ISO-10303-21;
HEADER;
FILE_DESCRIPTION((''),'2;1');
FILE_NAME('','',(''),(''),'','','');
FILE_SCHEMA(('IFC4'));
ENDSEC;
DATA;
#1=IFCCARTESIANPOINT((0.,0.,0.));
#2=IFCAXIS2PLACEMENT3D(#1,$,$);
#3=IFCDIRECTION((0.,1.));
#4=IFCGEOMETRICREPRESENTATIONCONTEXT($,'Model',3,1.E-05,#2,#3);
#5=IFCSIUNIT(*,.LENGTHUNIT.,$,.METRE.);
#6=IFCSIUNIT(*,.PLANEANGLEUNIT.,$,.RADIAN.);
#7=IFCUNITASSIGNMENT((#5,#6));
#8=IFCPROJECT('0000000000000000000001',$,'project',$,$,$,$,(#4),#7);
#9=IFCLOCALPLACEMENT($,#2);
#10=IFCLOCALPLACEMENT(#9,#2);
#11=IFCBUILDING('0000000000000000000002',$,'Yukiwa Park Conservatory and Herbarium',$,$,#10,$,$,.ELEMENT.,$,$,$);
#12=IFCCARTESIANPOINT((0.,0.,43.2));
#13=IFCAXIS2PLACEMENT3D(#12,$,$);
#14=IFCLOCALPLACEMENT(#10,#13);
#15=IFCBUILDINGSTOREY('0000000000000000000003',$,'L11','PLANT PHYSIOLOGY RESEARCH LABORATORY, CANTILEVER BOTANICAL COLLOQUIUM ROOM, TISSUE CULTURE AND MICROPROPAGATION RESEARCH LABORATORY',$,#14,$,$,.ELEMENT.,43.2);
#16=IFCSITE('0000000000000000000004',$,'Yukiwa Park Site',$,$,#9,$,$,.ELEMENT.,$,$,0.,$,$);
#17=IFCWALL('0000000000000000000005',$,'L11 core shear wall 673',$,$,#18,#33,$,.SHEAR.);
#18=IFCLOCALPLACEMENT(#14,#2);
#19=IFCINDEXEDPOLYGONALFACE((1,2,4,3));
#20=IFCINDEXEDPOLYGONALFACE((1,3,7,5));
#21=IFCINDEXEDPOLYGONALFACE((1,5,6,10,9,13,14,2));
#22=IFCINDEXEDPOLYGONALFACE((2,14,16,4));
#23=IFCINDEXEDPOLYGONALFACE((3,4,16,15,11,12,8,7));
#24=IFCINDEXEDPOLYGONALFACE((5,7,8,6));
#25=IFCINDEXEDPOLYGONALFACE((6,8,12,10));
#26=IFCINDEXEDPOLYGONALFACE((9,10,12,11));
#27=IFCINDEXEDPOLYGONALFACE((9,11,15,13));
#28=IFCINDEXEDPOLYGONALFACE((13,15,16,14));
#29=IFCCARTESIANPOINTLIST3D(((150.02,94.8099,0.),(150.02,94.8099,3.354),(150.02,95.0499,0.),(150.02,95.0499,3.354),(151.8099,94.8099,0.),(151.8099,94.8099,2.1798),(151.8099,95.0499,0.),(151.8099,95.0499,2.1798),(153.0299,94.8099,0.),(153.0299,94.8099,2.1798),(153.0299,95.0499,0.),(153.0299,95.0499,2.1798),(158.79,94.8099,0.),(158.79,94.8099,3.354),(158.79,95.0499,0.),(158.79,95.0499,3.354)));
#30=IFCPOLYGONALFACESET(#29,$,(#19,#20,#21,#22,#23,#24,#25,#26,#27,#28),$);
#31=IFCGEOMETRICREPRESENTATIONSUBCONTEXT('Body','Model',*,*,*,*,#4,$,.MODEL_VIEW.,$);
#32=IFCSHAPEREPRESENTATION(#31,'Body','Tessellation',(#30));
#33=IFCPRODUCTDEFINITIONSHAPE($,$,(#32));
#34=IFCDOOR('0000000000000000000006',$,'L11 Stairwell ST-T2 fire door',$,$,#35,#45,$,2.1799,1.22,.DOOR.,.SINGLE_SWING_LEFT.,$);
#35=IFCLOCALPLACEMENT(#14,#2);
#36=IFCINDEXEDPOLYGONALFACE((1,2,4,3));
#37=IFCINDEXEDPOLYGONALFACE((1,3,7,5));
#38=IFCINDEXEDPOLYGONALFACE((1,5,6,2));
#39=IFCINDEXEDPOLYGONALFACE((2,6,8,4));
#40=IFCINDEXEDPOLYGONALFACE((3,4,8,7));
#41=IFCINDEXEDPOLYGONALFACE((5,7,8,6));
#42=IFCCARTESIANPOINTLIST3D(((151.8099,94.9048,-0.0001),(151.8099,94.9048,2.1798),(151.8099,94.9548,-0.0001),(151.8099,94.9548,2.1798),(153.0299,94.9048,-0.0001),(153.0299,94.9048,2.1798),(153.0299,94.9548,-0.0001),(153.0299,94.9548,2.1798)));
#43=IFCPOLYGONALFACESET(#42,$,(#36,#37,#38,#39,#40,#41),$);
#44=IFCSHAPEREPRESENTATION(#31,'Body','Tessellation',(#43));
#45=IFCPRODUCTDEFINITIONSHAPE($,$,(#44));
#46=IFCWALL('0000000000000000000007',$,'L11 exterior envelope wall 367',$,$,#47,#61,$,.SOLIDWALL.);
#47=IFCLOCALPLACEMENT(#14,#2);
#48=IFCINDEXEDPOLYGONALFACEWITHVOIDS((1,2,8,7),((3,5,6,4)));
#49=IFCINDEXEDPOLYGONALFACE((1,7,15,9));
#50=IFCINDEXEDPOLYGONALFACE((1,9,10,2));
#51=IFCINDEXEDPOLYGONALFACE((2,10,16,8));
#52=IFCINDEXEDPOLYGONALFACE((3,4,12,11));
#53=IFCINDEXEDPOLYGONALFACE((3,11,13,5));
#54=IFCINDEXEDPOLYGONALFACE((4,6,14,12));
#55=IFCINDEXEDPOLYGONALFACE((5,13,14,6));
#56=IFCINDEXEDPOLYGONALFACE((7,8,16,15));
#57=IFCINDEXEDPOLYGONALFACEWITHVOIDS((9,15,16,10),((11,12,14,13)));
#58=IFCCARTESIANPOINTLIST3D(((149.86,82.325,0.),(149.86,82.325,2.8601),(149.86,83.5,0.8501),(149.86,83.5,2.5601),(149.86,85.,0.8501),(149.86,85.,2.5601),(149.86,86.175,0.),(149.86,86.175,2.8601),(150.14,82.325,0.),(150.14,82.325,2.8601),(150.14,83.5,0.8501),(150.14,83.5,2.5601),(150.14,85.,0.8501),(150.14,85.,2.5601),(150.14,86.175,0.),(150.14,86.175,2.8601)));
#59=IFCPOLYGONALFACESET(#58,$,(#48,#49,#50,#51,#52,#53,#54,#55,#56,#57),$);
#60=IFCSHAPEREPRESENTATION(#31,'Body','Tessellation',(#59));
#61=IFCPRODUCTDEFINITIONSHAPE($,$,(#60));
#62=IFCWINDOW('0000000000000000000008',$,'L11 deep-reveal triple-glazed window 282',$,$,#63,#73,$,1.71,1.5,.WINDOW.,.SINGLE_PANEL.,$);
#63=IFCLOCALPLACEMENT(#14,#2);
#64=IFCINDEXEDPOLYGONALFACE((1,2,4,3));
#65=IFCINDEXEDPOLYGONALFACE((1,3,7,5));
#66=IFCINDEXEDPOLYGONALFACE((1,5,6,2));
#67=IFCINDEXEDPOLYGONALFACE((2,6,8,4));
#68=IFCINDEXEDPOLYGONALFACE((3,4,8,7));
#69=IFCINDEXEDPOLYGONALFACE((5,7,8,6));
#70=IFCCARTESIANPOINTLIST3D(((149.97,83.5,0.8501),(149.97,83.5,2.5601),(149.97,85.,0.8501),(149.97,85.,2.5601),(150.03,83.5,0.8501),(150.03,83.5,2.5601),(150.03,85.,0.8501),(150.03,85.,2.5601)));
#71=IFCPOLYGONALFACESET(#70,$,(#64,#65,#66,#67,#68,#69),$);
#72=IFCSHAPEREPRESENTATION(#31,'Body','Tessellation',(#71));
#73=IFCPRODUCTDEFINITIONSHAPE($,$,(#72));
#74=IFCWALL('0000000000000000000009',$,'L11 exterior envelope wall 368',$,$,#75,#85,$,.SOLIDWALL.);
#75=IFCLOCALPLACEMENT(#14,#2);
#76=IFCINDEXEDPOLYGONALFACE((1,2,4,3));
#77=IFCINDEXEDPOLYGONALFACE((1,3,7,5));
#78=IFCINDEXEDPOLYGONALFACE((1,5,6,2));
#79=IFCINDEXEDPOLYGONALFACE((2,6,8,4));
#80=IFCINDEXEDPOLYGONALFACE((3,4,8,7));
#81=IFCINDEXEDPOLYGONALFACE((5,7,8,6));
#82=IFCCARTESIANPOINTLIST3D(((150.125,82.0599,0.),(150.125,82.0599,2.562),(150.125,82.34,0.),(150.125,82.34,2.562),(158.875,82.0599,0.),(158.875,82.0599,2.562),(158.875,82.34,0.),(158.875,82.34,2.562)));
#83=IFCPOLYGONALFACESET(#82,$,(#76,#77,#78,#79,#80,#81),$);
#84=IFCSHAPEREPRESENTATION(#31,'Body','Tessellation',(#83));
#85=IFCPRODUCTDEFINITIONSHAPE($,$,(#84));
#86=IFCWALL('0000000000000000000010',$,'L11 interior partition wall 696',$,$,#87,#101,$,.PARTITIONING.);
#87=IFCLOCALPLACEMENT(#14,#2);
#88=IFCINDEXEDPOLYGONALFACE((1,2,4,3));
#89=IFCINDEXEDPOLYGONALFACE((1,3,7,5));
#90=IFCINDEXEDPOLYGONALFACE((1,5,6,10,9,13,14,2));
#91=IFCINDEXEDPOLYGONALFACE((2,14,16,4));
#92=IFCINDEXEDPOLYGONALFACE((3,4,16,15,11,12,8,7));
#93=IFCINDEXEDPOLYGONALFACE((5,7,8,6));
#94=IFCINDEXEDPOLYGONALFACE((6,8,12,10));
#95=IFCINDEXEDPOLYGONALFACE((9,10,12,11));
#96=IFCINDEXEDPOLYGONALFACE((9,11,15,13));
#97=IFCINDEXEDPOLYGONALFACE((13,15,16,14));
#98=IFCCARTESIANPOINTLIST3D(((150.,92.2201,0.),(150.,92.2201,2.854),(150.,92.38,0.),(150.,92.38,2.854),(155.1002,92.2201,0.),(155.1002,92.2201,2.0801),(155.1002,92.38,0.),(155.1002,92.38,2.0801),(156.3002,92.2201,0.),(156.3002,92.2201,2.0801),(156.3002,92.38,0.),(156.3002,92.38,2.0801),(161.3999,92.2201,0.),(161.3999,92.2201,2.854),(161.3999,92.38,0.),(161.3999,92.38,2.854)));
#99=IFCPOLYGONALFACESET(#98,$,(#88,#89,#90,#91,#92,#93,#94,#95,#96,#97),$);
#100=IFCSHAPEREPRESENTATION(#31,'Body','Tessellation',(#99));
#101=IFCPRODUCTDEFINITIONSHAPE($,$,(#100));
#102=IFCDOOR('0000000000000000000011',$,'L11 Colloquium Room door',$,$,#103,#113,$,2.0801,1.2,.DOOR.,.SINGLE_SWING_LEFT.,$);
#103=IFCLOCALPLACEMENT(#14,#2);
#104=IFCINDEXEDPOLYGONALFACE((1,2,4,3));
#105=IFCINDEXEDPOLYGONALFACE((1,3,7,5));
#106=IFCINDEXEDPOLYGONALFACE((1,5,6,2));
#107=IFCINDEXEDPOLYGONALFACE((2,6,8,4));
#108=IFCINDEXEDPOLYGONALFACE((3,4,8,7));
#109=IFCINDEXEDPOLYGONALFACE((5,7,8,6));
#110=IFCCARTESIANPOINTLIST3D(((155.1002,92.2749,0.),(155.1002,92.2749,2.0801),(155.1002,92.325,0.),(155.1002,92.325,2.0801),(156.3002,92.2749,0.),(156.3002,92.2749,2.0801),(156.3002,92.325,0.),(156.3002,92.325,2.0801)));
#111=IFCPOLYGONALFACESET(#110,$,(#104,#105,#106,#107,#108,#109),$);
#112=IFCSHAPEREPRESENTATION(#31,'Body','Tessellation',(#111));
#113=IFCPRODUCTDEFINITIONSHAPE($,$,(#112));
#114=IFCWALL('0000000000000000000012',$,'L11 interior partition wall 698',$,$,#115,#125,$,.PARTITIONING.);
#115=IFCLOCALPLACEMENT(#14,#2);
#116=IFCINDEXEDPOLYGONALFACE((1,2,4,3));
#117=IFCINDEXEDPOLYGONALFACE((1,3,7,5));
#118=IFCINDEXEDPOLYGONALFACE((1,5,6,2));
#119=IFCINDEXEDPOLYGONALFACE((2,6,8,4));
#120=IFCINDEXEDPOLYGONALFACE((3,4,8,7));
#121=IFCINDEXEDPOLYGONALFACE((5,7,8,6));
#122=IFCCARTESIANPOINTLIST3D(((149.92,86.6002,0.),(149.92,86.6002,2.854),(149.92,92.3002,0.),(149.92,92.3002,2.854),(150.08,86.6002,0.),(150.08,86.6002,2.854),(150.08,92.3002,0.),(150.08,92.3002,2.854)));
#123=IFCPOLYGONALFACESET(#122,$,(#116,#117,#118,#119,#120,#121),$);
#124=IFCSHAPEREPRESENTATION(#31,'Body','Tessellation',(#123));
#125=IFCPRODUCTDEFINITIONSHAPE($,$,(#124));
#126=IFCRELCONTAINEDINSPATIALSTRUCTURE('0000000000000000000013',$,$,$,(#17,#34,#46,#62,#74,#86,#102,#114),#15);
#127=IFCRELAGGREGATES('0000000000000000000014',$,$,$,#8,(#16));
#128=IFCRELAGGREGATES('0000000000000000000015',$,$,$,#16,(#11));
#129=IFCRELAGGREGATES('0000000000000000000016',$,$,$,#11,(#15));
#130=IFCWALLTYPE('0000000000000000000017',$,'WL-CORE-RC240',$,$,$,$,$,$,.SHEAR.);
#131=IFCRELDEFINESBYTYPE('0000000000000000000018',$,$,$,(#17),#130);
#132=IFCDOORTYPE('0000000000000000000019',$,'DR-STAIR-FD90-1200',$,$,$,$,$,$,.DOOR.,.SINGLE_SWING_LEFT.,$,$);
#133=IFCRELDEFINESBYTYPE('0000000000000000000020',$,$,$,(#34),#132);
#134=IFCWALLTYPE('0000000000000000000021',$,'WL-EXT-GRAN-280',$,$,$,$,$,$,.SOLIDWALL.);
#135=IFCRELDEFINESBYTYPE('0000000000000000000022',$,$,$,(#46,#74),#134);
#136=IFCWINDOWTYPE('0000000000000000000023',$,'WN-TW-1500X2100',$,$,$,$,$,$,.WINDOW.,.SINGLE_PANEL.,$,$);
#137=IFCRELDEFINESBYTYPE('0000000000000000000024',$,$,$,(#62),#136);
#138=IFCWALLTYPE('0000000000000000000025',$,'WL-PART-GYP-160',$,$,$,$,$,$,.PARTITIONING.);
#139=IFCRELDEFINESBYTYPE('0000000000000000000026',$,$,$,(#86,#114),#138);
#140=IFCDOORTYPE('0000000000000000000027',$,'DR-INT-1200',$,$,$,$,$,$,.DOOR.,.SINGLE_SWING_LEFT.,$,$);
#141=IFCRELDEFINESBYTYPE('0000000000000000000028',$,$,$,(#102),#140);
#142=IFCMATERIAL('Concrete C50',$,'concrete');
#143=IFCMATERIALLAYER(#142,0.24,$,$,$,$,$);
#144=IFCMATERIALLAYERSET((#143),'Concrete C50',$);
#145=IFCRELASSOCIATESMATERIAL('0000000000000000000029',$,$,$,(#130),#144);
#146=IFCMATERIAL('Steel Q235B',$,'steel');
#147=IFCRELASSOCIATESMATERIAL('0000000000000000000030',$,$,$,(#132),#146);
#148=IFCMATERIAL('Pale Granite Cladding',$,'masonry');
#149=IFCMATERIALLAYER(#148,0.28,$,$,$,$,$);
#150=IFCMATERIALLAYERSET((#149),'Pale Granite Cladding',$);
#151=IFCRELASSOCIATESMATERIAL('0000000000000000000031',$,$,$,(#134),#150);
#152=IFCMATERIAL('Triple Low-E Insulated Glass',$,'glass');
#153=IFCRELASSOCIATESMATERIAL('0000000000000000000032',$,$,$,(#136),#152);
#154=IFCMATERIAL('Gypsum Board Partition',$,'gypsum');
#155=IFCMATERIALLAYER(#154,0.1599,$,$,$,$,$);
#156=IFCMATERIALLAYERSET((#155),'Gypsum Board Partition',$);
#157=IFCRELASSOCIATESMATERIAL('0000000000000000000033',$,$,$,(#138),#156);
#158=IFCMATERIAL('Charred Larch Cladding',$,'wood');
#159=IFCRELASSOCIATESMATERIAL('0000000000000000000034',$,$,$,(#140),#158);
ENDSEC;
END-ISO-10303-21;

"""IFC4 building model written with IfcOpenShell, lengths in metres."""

from ifc_helpers import new_model, si_unit, direction, frame, frame_2d, origin, place, context, subcontext, project, spatial, rectangle, extrude, material, layer, layer_set, type_object, element, fill, save


model = new_model("IFC4")

# Units and contexts
model_context = context("Model", 3, precision=1e-05, world=origin(), true_north=direction((0.0, 1.0)))
body_context = subcontext(model_context, "Body", "Model", "MODEL_VIEW")
ifc_project = project(units=[si_unit("LENGTHUNIT", "METRE"), si_unit("PLANEANGLEUNIT", "RADIAN")], contexts=[model_context])

# Site, building, storey
site_placement = place(None, origin())
site = spatial("IfcSite", under=ifc_project, at=site_placement, Name="Yukiwa Park Site", CompositionType="ELEMENT", RefElevation=0.0)
building_placement = place(site_placement, origin())
building = spatial("IfcBuilding", under=site, at=building_placement, Name="Yukiwa Park Conservatory and Herbarium", CompositionType="ELEMENT")
storey_placement = place(building_placement, frame((0.0, 0.0, 43.2)))
storey = spatial("IfcBuildingStorey", under=building, at=storey_placement, Name="L11", Description="PLANT PHYSIOLOGY RESEARCH LABORATORY, CANTILEVER BOTANICAL COLLOQUIUM ROOM, TISSUE CULTURE AND MICROPROPAGATION RESEARCH LABORATORY", CompositionType="ELEMENT", Elevation=43.2)

# Wall, opening, door
ifc_material_1 = material(Name="Concrete C50", Category="concrete")
ifc_layer_1 = layer(ifc_material_1, 0.24)
ifc_layer_set_1 = layer_set([ifc_layer_1], Name="Concrete C50")
wall_type_1 = type_object("IfcWallType", Name="WL-CORE-RC240", PredefinedType="SHEAR", material=ifc_layer_set_1)
wall_1_placement = place(storey_placement, frame((150.02, 94.9299, 0.0), z_axis=(0.0, 0.0, 1.0), x_axis=(1.0, 0.0, 0.0)))
wall_1 = element("IfcWall", 1, at=wall_1_placement, inside=storey, type_object=wall_type_1, Name="L11 core shear wall 673", PredefinedType="SHEAR", context=body_context, shape_type="SweptSolid", body=[
    extrude(rectangle(XDim=8.77, YDim=0.24, at=frame_2d((4.385, 0.0))), origin(), (0.0, 0.0, 1.0), 3.354),
])
opening_1_placement = place(wall_1_placement, frame((1.79, 0.0, 0.0)))
opening_1 = element("IfcOpeningElement", 2, at=opening_1_placement, cuts=wall_1, PredefinedType="OPENING", context=body_context, shape_type="SweptSolid", body=[
    extrude(rectangle(XDim=1.22, YDim=2.1799, at=frame_2d((0.6099, 1.0898))), frame((0.0, 0.1299, 0.0), z_axis=(0.0, -1.0, 0.0), x_axis=(1.0, 0.0, 0.0)), (0.0, 0.0, 1.0), 0.26),
])
ifc_material_2 = material(Name="Steel Q235B", Category="steel")
door_type_1 = type_object("IfcDoorType", Name="DR-STAIR-FD90-1200", OperationType="SINGLE_SWING_LEFT", PredefinedType="DOOR", material=ifc_material_2)
door_1_placement = place(opening_1_placement, origin())
door_1 = element("IfcDoor", 3, at=door_1_placement, inside=storey, type_object=door_type_1, Name="L11 Stairwell ST-T2 fire door", OperationType="SINGLE_SWING_LEFT", OverallHeight=2.1799, OverallWidth=1.22, PredefinedType="DOOR", context=body_context, shape_type="SweptSolid", body=[
    extrude(rectangle(XDim=1.22, YDim=2.1799, at=frame_2d((0.6099, 1.0898))), frame((0.0, 0.0249, 0.0), z_axis=(0.0, -1.0, 0.0), x_axis=(1.0, 0.0, 0.0)), (0.0, 0.0, 1.0), 0.05),
])
fill(opening_1, door_1)

# Wall, opening, window
ifc_material_3 = material(Name="Pale Granite Cladding", Category="masonry")
ifc_layer_2 = layer(ifc_material_3, 0.28)
ifc_layer_set_2 = layer_set([ifc_layer_2], Name="Pale Granite Cladding")
wall_type_2 = type_object("IfcWallType", Name="WL-EXT-GRAN-280", PredefinedType="SOLIDWALL", material=ifc_layer_set_2)
wall_2_placement = place(storey_placement, frame((150.0, 86.175, 0.0), z_axis=(0.0, 0.0, 1.0), x_axis=(0.0, -1.0, 0.0)))
wall_2 = element("IfcWall", 4, at=wall_2_placement, inside=storey, type_object=wall_type_2, Name="L11 exterior envelope wall 367", PredefinedType="SOLIDWALL", context=body_context, shape_type="SweptSolid", body=[
    extrude(rectangle(XDim=3.8501, YDim=0.28, at=frame_2d((1.925, 0.0))), origin(), (0.0, 0.0, 1.0), 2.8601),
])
opening_2_placement = place(wall_2_placement, frame((1.175, 0.0, 0.8501)))
opening_2 = element("IfcOpeningElement", 5, at=opening_2_placement, cuts=wall_2, PredefinedType="OPENING", context=body_context, shape_type="SweptSolid", body=[
    extrude(rectangle(XDim=1.5, YDim=1.71, at=frame_2d((0.75, 0.855))), frame((0.0, 0.1499, 0.0), z_axis=(0.0, -1.0, 0.0), x_axis=(1.0, 0.0, 0.0)), (0.0, 0.0, 1.0), 0.3),
])
ifc_material_4 = material(Name="Triple Low-E Insulated Glass", Category="glass")
window_type = type_object("IfcWindowType", Name="WN-TW-1500X2100", PartitioningType="SINGLE_PANEL", PredefinedType="WINDOW", material=ifc_material_4)
window_placement = place(opening_2_placement, origin())
window = element("IfcWindow", 6, at=window_placement, inside=storey, type_object=window_type, Name="L11 deep-reveal triple-glazed window 282", OverallHeight=1.71, OverallWidth=1.5, PartitioningType="SINGLE_PANEL", PredefinedType="WINDOW", context=body_context, shape_type="SweptSolid", body=[
    extrude(rectangle(XDim=1.5, YDim=1.71, at=frame_2d((0.75, 0.855))), frame((0.0, 0.03, 0.0), z_axis=(0.0, -1.0, 0.0), x_axis=(1.0, 0.0, 0.0)), (0.0, 0.0, 1.0), 0.0601),
])
fill(opening_2, window)

# Wall
wall_3_placement = place(storey_placement, frame((150.125, 82.2, 0.0), z_axis=(0.0, 0.0, 1.0), x_axis=(1.0, 0.0, 0.0)))
element("IfcWall", 7, at=wall_3_placement, inside=storey, type_object=wall_type_2, Name="L11 exterior envelope wall 368", PredefinedType="SOLIDWALL", context=body_context, shape_type="SweptSolid", body=[
    extrude(rectangle(XDim=8.75, YDim=0.28, at=frame_2d((4.375, 0.0))), origin(), (0.0, 0.0, 1.0), 2.562),
])

# Wall, opening, door
ifc_material_5 = material(Name="Gypsum Board Partition", Category="gypsum")
ifc_layer_3 = layer(ifc_material_5, 0.1599)
ifc_layer_set_3 = layer_set([ifc_layer_3], Name="Gypsum Board Partition")
wall_type_3 = type_object("IfcWallType", Name="WL-PART-GYP-160", PredefinedType="PARTITIONING", material=ifc_layer_set_3)
wall_4_placement = place(storey_placement, frame((150.0, 92.3, 0.0), z_axis=(0.0, 0.0, 1.0), x_axis=(1.0, 0.0, 0.0)))
wall_4 = element("IfcWall", 8, at=wall_4_placement, inside=storey, type_object=wall_type_3, Name="L11 interior partition wall 696", PredefinedType="PARTITIONING", context=body_context, shape_type="SweptSolid", body=[
    extrude(rectangle(XDim=11.3999, YDim=0.1599, at=frame_2d((5.7, 0.0))), origin(), (0.0, 0.0, 1.0), 2.854),
])
opening_3_placement = place(wall_4_placement, frame((5.1001, 0.0, 0.0)))
opening_3 = element("IfcOpeningElement", 9, at=opening_3_placement, cuts=wall_4, PredefinedType="OPENING", context=body_context, shape_type="SweptSolid", body=[
    extrude(rectangle(XDim=1.2, YDim=2.0801, at=frame_2d((0.6001, 1.04))), frame((0.0, 0.0898, 0.0), z_axis=(0.0, -1.0, 0.0), x_axis=(1.0, 0.0, 0.0)), (0.0, 0.0, 1.0), 0.1799),
])
ifc_material_6 = material(Name="Charred Larch Cladding", Category="wood")
door_type_2 = type_object("IfcDoorType", Name="DR-INT-1200", OperationType="SINGLE_SWING_LEFT", PredefinedType="DOOR", material=ifc_material_6)
door_2_placement = place(opening_3_placement, origin())
door_2 = element("IfcDoor", 10, at=door_2_placement, inside=storey, type_object=door_type_2, Name="L11 Colloquium Room door", OperationType="SINGLE_SWING_LEFT", OverallHeight=2.0801, OverallWidth=1.2, PredefinedType="DOOR", context=body_context, shape_type="SweptSolid", body=[
    extrude(rectangle(XDim=1.2, YDim=2.0801, at=frame_2d((0.6001, 1.04))), frame((0.0, 0.0249, 0.0), z_axis=(0.0, -1.0, 0.0), x_axis=(1.0, 0.0, 0.0)), (0.0, 0.0, 1.0), 0.05),
])
fill(opening_3, door_2)

# Wall
wall_5_placement = place(storey_placement, frame((150.0, 86.6001, 0.0), z_axis=(0.0, 0.0, 1.0), x_axis=(0.0, 1.0, 0.0)))
element("IfcWall", 11, at=wall_5_placement, inside=storey, type_object=wall_type_3, Name="L11 interior partition wall 698", PredefinedType="PARTITIONING", context=body_context, shape_type="SweptSolid", body=[
    extrude(rectangle(XDim=5.7, YDim=0.1599, at=frame_2d((2.8501, 0.0))), origin(), (0.0, 0.0, 1.0), 2.854),
])

save(model, "model.ifc")
